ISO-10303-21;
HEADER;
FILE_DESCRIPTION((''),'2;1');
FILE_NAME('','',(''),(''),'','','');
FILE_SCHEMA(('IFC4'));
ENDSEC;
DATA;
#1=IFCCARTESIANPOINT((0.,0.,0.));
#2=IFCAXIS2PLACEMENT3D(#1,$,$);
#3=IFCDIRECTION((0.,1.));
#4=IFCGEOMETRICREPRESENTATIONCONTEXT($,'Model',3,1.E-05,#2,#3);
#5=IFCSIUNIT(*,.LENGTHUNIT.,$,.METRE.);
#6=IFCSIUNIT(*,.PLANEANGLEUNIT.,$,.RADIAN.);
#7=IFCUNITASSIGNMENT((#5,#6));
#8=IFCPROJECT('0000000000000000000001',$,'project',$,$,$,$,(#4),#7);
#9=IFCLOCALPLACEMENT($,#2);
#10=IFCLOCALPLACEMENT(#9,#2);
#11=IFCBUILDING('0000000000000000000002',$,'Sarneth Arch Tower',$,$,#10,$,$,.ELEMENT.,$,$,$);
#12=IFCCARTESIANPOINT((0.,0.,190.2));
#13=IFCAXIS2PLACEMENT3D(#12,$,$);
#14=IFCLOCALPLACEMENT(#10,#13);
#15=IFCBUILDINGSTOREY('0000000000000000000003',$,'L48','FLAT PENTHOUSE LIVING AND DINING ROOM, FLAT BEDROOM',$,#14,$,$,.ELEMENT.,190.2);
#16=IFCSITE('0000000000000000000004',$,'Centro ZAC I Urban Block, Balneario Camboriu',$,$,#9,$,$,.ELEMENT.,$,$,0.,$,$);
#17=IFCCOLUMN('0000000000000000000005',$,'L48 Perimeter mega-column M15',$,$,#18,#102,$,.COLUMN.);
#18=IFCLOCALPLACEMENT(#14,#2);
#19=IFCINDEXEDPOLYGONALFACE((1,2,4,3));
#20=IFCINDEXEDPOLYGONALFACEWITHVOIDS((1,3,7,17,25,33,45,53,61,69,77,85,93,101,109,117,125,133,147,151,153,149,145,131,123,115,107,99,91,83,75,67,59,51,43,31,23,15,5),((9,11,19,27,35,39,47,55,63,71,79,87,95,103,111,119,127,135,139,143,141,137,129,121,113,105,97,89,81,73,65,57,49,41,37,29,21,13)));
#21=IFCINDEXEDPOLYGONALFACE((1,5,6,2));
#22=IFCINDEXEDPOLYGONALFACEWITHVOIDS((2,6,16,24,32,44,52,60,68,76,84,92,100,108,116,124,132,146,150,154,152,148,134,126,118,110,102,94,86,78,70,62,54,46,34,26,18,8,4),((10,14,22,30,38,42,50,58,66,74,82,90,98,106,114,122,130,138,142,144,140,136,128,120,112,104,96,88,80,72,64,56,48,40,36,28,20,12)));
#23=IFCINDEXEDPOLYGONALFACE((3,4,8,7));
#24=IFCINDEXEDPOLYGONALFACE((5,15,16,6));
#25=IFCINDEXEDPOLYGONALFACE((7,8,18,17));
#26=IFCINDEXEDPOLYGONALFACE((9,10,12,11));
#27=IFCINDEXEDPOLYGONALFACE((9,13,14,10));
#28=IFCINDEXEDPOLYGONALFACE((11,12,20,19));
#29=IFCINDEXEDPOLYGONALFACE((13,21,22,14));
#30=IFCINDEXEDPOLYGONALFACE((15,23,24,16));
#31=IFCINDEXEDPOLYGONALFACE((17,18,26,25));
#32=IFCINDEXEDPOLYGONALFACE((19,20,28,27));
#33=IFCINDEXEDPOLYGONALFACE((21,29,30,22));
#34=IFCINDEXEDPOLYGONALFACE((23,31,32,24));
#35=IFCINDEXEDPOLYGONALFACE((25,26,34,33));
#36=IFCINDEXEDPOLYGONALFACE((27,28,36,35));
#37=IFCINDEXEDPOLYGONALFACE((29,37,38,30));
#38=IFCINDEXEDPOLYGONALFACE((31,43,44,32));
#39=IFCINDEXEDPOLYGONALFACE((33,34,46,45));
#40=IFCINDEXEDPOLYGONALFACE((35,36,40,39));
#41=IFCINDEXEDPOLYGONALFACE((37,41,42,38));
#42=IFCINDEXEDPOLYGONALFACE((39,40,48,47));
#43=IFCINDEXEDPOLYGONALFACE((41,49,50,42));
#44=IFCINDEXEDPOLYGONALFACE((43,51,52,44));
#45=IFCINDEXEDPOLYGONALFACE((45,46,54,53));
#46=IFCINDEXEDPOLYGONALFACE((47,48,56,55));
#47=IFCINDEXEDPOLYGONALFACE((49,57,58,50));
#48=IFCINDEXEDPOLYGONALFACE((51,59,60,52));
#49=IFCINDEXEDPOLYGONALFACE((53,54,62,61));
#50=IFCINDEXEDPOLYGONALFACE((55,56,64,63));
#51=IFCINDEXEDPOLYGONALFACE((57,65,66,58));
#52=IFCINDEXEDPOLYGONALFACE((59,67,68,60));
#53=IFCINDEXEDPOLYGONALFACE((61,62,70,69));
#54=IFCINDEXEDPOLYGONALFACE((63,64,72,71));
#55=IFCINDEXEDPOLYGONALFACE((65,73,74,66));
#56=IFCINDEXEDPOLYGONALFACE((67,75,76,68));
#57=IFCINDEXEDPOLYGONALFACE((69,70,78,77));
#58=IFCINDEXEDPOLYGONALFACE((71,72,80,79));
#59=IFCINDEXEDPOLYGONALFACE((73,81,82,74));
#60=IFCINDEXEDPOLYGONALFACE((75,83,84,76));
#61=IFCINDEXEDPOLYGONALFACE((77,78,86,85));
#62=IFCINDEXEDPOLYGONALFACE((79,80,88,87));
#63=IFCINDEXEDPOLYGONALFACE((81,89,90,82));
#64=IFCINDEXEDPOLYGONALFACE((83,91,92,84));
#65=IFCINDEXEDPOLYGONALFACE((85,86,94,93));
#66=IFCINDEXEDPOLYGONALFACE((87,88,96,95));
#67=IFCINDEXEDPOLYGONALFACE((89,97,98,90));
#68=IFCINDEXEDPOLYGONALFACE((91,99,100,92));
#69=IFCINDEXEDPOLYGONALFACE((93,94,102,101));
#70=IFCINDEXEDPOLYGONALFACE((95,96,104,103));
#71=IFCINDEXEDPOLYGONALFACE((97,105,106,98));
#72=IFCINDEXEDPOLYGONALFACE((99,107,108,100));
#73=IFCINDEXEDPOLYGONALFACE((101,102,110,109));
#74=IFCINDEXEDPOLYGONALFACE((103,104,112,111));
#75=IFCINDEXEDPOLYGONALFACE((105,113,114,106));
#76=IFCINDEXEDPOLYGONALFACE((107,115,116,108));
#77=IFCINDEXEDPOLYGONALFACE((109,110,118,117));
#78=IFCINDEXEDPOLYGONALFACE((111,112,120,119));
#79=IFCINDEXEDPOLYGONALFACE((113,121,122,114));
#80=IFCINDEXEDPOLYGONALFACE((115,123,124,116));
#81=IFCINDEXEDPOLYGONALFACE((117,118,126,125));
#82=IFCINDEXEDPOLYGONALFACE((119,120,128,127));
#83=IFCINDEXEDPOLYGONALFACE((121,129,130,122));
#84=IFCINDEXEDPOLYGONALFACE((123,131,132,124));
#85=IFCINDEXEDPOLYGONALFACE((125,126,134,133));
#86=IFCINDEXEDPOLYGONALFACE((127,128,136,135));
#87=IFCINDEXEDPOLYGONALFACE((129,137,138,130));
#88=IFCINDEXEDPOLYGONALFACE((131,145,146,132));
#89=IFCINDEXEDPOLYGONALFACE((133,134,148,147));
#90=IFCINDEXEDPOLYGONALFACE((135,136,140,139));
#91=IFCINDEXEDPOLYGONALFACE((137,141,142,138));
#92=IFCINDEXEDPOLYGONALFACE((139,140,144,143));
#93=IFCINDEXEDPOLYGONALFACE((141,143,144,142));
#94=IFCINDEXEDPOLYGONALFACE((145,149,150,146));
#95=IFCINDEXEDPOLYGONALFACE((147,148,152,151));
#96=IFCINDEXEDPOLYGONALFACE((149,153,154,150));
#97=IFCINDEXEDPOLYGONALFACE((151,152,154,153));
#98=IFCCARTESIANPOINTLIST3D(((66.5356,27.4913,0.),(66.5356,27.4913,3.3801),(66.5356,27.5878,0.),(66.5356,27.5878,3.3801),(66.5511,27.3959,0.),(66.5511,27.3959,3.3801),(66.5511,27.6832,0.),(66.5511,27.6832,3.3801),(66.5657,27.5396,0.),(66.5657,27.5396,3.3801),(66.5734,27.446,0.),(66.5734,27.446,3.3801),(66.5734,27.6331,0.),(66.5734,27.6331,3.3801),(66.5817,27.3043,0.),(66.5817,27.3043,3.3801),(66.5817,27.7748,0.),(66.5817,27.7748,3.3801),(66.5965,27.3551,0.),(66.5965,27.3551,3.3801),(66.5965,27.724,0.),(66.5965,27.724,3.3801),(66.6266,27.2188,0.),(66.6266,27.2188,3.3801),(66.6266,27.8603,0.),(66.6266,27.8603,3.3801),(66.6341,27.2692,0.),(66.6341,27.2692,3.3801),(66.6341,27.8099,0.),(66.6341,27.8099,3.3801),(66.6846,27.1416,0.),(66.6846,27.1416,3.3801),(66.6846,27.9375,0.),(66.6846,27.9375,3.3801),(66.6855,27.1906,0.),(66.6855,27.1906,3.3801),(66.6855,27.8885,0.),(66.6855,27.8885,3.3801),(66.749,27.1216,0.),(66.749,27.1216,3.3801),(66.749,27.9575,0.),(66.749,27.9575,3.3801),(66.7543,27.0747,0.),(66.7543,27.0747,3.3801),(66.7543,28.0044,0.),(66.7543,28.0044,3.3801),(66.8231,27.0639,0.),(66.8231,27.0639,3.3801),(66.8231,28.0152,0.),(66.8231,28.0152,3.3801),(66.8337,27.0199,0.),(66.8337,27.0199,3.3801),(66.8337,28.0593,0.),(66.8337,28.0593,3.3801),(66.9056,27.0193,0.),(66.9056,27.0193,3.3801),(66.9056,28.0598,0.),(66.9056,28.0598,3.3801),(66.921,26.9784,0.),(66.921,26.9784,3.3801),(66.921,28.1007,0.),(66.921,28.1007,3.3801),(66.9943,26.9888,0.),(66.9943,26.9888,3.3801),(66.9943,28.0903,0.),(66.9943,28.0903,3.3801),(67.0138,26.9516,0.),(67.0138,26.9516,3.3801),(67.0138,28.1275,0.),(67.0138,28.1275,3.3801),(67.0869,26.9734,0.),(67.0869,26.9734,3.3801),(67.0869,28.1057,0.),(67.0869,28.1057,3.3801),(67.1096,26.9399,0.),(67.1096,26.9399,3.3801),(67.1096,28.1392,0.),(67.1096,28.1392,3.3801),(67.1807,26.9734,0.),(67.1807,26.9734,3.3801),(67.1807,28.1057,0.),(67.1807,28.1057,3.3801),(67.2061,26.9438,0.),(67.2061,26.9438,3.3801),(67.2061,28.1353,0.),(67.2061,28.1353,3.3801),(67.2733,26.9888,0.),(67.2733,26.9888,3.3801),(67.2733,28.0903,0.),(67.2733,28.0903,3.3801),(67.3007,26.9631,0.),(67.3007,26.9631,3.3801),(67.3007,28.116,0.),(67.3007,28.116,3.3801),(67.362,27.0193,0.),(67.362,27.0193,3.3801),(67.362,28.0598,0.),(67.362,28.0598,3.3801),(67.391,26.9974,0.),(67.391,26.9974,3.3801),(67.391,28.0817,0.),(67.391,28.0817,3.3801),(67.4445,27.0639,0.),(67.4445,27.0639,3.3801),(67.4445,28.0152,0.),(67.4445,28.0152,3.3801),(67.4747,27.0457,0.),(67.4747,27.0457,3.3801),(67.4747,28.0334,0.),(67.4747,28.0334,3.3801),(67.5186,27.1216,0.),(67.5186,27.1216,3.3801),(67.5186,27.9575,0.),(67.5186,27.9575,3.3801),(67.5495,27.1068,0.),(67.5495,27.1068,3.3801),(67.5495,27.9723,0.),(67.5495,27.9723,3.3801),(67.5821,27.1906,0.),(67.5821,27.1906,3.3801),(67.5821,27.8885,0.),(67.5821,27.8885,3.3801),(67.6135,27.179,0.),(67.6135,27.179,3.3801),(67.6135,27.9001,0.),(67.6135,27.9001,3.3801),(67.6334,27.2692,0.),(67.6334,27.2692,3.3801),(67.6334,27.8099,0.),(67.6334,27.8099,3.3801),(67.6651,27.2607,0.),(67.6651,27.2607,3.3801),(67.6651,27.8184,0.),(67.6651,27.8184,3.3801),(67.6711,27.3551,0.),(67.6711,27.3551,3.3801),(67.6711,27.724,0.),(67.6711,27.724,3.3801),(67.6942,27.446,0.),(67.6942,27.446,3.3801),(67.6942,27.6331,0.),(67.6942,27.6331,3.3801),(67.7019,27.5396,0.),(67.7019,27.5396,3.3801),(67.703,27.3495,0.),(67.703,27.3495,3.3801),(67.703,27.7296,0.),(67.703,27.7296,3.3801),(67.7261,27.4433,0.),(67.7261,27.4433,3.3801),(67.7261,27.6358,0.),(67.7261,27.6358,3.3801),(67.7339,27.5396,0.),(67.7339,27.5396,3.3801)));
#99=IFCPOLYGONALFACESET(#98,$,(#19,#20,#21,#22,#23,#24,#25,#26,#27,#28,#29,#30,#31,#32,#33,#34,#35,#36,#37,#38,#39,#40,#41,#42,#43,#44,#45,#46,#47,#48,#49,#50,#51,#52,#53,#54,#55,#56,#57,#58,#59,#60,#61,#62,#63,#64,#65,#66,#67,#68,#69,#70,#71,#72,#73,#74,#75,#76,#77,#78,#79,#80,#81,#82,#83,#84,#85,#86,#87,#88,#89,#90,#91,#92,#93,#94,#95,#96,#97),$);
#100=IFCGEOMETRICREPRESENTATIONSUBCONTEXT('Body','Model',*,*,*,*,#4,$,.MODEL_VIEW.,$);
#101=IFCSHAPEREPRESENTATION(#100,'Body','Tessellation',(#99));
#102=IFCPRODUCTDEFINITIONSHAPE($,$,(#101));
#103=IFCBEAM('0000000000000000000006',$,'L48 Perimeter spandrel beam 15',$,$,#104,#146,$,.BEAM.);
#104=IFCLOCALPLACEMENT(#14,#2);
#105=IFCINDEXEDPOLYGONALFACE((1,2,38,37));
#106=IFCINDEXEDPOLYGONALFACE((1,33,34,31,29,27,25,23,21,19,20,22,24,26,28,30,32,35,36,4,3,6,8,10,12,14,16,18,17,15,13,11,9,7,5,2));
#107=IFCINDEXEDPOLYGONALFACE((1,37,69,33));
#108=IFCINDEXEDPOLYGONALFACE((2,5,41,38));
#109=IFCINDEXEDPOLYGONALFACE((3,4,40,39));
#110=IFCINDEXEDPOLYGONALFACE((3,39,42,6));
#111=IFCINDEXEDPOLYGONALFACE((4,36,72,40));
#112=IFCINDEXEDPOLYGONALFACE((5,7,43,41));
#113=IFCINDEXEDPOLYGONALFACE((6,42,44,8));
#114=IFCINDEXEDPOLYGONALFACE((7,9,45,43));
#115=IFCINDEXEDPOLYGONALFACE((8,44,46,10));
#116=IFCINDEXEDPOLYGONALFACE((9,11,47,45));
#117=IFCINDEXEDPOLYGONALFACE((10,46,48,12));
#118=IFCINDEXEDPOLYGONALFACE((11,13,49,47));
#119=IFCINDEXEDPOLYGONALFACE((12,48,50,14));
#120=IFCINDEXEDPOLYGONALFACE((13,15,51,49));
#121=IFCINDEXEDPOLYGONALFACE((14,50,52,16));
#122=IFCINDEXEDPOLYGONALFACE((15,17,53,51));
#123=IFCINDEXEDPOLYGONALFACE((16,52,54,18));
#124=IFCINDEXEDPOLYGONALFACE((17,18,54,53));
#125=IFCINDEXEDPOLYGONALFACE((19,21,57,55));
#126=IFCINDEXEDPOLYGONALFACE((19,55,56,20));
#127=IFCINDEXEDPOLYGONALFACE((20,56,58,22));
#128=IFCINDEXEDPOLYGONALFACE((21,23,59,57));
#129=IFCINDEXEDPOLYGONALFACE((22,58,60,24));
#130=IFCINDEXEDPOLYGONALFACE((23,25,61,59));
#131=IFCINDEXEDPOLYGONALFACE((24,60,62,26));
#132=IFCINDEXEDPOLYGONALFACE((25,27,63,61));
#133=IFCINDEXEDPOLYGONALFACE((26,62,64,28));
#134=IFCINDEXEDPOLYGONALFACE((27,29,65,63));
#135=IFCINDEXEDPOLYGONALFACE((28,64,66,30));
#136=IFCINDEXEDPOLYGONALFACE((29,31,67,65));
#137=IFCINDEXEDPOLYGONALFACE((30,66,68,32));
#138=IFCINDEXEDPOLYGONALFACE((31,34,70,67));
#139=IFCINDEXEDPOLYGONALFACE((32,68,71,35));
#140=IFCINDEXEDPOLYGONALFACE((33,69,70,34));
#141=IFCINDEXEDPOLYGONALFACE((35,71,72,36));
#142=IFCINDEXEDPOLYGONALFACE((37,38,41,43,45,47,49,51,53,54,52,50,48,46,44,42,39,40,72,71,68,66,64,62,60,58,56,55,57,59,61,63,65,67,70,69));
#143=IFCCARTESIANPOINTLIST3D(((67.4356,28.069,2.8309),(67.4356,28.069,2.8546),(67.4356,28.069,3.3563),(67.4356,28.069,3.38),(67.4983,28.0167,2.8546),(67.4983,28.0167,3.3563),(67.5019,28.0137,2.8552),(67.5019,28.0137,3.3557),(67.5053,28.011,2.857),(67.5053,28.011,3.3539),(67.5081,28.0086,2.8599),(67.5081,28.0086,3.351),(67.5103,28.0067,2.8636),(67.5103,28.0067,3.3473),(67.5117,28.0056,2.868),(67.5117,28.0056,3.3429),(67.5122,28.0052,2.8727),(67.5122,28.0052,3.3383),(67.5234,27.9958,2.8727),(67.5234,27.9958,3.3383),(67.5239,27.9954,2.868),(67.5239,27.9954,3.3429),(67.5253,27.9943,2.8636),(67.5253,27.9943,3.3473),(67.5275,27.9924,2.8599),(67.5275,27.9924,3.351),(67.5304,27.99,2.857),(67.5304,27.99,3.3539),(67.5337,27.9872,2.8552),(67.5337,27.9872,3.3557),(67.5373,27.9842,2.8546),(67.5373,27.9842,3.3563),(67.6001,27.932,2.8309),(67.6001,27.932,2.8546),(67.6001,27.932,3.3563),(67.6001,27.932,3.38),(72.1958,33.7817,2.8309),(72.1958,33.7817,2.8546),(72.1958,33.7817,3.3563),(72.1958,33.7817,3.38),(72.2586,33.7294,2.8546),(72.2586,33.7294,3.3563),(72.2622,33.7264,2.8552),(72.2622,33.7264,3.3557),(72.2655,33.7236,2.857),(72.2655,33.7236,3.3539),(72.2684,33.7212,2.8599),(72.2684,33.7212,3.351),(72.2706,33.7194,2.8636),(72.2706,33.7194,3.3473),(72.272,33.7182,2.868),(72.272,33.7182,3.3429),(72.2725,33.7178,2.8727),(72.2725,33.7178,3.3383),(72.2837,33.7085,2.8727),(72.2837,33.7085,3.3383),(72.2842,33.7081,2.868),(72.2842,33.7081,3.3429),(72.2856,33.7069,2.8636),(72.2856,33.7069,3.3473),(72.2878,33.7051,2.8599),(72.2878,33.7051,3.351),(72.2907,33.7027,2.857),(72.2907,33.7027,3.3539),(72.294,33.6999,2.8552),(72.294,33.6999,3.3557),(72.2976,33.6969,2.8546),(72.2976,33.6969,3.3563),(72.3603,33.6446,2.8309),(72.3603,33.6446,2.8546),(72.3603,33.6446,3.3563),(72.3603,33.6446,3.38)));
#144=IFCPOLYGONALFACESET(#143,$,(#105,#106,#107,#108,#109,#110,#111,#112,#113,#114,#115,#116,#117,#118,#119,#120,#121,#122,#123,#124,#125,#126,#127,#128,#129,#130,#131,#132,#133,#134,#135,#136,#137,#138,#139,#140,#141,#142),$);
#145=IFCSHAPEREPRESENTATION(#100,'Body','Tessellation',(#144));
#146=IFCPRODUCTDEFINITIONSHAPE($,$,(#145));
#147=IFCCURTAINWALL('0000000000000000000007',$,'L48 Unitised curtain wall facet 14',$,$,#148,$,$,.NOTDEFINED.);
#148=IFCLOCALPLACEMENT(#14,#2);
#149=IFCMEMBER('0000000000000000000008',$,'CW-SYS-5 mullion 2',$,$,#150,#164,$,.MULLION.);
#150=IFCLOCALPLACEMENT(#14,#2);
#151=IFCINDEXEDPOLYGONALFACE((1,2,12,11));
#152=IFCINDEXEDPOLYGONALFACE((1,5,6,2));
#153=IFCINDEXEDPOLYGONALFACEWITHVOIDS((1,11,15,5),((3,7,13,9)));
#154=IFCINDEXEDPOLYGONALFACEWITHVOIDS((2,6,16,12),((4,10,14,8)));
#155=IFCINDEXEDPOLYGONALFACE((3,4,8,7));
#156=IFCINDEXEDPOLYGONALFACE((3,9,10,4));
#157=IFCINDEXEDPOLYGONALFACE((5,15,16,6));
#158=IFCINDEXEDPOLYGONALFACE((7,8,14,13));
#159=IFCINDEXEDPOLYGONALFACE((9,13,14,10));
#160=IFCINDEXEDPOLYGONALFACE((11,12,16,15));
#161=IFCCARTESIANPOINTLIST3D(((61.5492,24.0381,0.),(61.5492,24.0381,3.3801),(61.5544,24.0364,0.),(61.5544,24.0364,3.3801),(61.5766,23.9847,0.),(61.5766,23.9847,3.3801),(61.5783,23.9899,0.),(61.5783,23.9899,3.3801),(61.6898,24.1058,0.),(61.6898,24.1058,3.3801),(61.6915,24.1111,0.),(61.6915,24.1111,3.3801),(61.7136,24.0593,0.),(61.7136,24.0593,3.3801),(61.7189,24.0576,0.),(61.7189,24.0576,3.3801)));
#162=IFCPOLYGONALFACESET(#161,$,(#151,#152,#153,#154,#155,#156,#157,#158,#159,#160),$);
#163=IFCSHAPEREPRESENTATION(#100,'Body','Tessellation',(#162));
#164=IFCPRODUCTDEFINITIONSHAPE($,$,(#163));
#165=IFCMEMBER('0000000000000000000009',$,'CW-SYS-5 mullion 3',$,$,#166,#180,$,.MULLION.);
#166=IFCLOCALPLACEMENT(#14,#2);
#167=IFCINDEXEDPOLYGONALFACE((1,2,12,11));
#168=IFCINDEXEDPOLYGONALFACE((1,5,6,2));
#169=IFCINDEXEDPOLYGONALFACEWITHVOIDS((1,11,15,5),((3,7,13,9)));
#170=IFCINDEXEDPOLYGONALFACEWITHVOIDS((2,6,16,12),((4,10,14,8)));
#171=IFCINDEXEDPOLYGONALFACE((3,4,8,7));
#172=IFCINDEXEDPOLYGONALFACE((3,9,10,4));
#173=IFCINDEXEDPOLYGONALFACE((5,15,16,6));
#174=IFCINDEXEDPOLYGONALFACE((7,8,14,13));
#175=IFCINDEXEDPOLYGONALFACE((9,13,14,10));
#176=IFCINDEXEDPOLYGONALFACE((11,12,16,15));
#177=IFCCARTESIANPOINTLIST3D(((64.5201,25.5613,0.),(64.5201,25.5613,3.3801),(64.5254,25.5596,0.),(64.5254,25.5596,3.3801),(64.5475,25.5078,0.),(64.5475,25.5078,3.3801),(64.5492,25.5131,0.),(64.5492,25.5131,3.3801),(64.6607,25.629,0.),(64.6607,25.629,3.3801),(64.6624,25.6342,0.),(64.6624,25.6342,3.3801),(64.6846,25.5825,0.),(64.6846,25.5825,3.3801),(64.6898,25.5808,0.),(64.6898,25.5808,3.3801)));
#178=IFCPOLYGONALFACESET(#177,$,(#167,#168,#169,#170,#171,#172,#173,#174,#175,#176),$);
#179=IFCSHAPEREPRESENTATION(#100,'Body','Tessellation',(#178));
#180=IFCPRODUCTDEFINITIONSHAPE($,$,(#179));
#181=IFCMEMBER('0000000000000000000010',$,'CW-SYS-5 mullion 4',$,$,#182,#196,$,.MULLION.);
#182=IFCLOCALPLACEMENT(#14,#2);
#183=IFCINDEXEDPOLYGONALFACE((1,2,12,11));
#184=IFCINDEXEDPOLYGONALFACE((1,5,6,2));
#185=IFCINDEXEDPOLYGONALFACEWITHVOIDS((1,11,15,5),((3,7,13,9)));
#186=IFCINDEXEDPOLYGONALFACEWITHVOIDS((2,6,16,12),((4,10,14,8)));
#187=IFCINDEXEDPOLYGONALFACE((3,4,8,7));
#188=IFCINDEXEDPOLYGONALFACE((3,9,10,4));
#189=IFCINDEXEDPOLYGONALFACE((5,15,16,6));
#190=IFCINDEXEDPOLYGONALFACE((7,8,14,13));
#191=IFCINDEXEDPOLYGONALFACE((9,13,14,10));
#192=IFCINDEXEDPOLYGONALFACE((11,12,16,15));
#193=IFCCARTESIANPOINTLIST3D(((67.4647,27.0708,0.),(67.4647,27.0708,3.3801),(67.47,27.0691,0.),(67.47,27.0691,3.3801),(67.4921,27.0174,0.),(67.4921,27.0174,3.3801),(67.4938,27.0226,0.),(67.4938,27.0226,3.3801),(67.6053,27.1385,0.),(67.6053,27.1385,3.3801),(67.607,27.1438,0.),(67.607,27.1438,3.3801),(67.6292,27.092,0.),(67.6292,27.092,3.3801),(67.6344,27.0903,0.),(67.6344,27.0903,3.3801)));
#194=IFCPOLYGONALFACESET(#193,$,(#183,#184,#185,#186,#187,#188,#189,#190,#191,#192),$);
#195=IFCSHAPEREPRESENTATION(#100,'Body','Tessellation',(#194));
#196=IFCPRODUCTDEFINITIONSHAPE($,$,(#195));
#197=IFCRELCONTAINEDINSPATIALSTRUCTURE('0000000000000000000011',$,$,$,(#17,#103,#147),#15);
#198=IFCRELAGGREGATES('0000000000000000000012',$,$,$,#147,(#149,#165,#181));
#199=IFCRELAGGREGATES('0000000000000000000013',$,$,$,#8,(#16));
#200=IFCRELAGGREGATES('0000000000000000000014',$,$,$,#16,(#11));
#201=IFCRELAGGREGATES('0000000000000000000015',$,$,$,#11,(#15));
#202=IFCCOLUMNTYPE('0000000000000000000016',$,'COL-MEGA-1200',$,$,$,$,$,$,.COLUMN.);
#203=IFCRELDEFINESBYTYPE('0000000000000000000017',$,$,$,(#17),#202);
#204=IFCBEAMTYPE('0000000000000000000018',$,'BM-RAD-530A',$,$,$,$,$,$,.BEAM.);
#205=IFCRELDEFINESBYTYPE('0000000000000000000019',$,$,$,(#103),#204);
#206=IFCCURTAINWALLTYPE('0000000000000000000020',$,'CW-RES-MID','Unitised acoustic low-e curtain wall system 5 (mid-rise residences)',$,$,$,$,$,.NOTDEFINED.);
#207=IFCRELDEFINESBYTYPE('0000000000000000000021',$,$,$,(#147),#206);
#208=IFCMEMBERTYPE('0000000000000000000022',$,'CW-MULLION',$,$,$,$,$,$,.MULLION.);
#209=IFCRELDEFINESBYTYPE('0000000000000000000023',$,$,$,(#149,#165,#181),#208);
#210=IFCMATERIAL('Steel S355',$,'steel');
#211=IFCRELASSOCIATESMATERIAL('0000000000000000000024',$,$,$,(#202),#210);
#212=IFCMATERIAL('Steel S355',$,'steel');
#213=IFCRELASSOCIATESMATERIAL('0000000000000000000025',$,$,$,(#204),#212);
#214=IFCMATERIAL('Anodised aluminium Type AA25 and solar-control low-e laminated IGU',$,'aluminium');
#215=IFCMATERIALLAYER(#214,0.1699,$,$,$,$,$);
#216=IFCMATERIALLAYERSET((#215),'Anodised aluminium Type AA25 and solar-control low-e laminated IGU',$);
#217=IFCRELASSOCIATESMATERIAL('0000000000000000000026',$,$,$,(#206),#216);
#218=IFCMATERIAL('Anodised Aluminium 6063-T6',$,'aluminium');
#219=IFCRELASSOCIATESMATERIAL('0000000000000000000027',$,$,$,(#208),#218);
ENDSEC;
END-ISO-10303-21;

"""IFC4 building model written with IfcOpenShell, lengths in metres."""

from ifc_helpers import new_model, si_unit, direction, frame, origin, origin_2d, place, context, subcontext, project, spatial, hollow_rectangle, hollow_circle, i_section, extrude, material, layer, layer_set, material_profile, profile_set, type_object, element, aggregate, save


model = new_model("IFC4")

# Units and contexts
model_context = context("Model", 3, precision=1e-05, world=origin(), true_north=direction((0.0, 1.0)))
body_context = subcontext(model_context, "Body", "Model", "MODEL_VIEW")
ifc_project = project(units=[si_unit("LENGTHUNIT", "METRE"), si_unit("PLANEANGLEUNIT", "RADIAN")], contexts=[model_context])

# Site, building, storey
site_placement = place(None, origin())
site = spatial("IfcSite", under=ifc_project, at=site_placement, Name="Centro ZAC I Urban Block, Balneario Camboriu", CompositionType="ELEMENT", RefElevation=0.0)
building_placement = place(site_placement, origin())
building = spatial("IfcBuilding", under=site, at=building_placement, Name="Sarneth Arch Tower", CompositionType="ELEMENT")
storey_placement = place(building_placement, frame((0.0, 0.0, 190.2)))
storey = spatial("IfcBuildingStorey", under=building, at=storey_placement, Name="L48", Description="FLAT PENTHOUSE LIVING AND DINING ROOM, FLAT BEDROOM", CompositionType="ELEMENT", Elevation=190.2)

# Column
ifc_material_1 = material(Name="Steel S355", Category="steel")
ifc_material_profile_1 = material_profile(ifc_material_1, hollow_circle(Radius=0.6001, WallThickness=0.032, at=origin_2d()), Name="CHS1200x32")
ifc_profile_set_1 = profile_set([ifc_material_profile_1], Name="Steel S355")
column_type = type_object("IfcColumnType", Name="COL-MEGA-1200", PredefinedType="COLUMN", material=ifc_profile_set_1)
column_placement = place(storey_placement, frame((67.1338, 27.5396, 0.0), z_axis=(0.0, 0.0, 1.0), x_axis=(1.0, 0.0, 0.0)))
element("IfcColumn", 1, at=column_placement, inside=storey, type_object=column_type, Name="L48 Perimeter mega-column M15", PredefinedType="COLUMN", context=body_context, shape_type="SweptSolid", body=[
    extrude(hollow_circle(Radius=0.6001, WallThickness=0.032, at=origin_2d()), origin(), (0.0, 0.0, 1.0), 3.3801),
])

# Beam
ifc_material_2 = material(Name="Steel S355", Category="steel")
ifc_material_profile_2 = material_profile(ifc_material_2, i_section(OverallWidth=0.2141, OverallDepth=0.5491, WebThickness=0.0146, FlangeThickness=0.0237, FilletRadius=0.0181, at=origin_2d()), Name="W530x138")
ifc_profile_set_2 = profile_set([ifc_material_profile_2], Name="Steel S355")
beam_type = type_object("IfcBeamType", Name="BM-RAD-530A", PredefinedType="BEAM", material=ifc_profile_set_2)
beam_placement = place(storey_placement, frame((67.5178, 28.0005, 3.1055), z_axis=(0.640162, 0.76824, 0.0), x_axis=(-0.76824, 0.640162, 0.0)))
element("IfcBeam", 2, at=beam_placement, inside=storey, type_object=beam_type, Name="L48 Perimeter spandrel beam 15", PredefinedType="BEAM", context=body_context, shape_type="SweptSolid", body=[
    extrude(i_section(OverallWidth=0.2141, OverallDepth=0.5491, WebThickness=0.0146, FlangeThickness=0.0237, FilletRadius=0.0181, at=origin_2d()), origin(), (0.0, 0.0, 1.0), 7.436),
])

# Curtain wall, members
ifc_material_3 = material(Name="Anodised aluminium Type AA25 and solar-control low-e laminated IGU", Category="aluminium")
ifc_layer_1 = layer(ifc_material_3, 0.1699)
ifc_layer_set_1 = layer_set([ifc_layer_1], Name="Anodised aluminium Type AA25 and solar-control low-e laminated IGU")
curtain_wall_type = type_object("IfcCurtainWallType", Name="CW-RES-MID", Description="Unitised acoustic low-e curtain wall system 5 (mid-rise residences)", PredefinedType="NOTDEFINED", material=ifc_layer_set_1)
curtain_wall_placement = place(storey_placement, origin())
curtain_wall = element("IfcCurtainWall", 3, at=curtain_wall_placement, inside=storey, type_object=curtain_wall_type, Name="L48 Unitised curtain wall facet 14", PredefinedType="NOTDEFINED")
ifc_material_4 = material(Name="Anodised Aluminium 6063-T6", Category="aluminium")
ifc_material_profile_3 = material_profile(ifc_material_4, hollow_rectangle(XDim=0.0601, YDim=0.1599, WallThickness=0.0039, at=origin_2d()), Name="AL-MULL-160x60x4")
ifc_profile_set_3 = profile_set([ifc_material_profile_3], Name="Anodised Aluminium 6063-T6")
member_type_1 = type_object("IfcMemberType", Name="CW-MULLION", PredefinedType="MULLION", material=ifc_profile_set_3)
member_1_placement = place(storey_placement, frame((61.634, 24.0479, 0.0), z_axis=(0.0, 0.0, 1.0), x_axis=(-0.456208, 0.889873, 0.0)))
member_1 = element("IfcMember", 4, at=member_1_placement, type_object=member_type_1, Name="CW-SYS-5 mullion 2", PredefinedType="MULLION", context=body_context, shape_type="SweptSolid", body=[
    extrude(hollow_rectangle(XDim=0.0601, YDim=0.1599, WallThickness=0.0039, at=origin_2d()), origin(), (0.0, 0.0, 1.0), 3.3801),
])
member_2_placement = place(storey_placement, frame((64.605, 25.571, 0.0), z_axis=(0.0, 0.0, 1.0), x_axis=(-0.456208, 0.889873, 0.0)))
member_2 = element("IfcMember", 5, at=member_2_placement, type_object=member_type_1, Name="CW-SYS-5 mullion 3", PredefinedType="MULLION", context=body_context, shape_type="SweptSolid", body=[
    extrude(hollow_rectangle(XDim=0.0601, YDim=0.1599, WallThickness=0.0039, at=origin_2d()), origin(), (0.0, 0.0, 1.0), 3.3801),
])
member_3_placement = place(storey_placement, frame((67.5496, 27.0806, 0.0), z_axis=(0.0, 0.0, 1.0), x_axis=(-0.456208, 0.889873, 0.0)))
member_3 = element("IfcMember", 6, at=member_3_placement, type_object=member_type_1, Name="CW-SYS-5 mullion 4", PredefinedType="MULLION", context=body_context, shape_type="SweptSolid", body=[
    extrude(hollow_rectangle(XDim=0.0601, YDim=0.1599, WallThickness=0.0039, at=origin_2d()), origin(), (0.0, 0.0, 1.0), 3.3801),
])

aggregate(curtain_wall, [member_1, member_2, member_3])

save(model, "model.ifc")
